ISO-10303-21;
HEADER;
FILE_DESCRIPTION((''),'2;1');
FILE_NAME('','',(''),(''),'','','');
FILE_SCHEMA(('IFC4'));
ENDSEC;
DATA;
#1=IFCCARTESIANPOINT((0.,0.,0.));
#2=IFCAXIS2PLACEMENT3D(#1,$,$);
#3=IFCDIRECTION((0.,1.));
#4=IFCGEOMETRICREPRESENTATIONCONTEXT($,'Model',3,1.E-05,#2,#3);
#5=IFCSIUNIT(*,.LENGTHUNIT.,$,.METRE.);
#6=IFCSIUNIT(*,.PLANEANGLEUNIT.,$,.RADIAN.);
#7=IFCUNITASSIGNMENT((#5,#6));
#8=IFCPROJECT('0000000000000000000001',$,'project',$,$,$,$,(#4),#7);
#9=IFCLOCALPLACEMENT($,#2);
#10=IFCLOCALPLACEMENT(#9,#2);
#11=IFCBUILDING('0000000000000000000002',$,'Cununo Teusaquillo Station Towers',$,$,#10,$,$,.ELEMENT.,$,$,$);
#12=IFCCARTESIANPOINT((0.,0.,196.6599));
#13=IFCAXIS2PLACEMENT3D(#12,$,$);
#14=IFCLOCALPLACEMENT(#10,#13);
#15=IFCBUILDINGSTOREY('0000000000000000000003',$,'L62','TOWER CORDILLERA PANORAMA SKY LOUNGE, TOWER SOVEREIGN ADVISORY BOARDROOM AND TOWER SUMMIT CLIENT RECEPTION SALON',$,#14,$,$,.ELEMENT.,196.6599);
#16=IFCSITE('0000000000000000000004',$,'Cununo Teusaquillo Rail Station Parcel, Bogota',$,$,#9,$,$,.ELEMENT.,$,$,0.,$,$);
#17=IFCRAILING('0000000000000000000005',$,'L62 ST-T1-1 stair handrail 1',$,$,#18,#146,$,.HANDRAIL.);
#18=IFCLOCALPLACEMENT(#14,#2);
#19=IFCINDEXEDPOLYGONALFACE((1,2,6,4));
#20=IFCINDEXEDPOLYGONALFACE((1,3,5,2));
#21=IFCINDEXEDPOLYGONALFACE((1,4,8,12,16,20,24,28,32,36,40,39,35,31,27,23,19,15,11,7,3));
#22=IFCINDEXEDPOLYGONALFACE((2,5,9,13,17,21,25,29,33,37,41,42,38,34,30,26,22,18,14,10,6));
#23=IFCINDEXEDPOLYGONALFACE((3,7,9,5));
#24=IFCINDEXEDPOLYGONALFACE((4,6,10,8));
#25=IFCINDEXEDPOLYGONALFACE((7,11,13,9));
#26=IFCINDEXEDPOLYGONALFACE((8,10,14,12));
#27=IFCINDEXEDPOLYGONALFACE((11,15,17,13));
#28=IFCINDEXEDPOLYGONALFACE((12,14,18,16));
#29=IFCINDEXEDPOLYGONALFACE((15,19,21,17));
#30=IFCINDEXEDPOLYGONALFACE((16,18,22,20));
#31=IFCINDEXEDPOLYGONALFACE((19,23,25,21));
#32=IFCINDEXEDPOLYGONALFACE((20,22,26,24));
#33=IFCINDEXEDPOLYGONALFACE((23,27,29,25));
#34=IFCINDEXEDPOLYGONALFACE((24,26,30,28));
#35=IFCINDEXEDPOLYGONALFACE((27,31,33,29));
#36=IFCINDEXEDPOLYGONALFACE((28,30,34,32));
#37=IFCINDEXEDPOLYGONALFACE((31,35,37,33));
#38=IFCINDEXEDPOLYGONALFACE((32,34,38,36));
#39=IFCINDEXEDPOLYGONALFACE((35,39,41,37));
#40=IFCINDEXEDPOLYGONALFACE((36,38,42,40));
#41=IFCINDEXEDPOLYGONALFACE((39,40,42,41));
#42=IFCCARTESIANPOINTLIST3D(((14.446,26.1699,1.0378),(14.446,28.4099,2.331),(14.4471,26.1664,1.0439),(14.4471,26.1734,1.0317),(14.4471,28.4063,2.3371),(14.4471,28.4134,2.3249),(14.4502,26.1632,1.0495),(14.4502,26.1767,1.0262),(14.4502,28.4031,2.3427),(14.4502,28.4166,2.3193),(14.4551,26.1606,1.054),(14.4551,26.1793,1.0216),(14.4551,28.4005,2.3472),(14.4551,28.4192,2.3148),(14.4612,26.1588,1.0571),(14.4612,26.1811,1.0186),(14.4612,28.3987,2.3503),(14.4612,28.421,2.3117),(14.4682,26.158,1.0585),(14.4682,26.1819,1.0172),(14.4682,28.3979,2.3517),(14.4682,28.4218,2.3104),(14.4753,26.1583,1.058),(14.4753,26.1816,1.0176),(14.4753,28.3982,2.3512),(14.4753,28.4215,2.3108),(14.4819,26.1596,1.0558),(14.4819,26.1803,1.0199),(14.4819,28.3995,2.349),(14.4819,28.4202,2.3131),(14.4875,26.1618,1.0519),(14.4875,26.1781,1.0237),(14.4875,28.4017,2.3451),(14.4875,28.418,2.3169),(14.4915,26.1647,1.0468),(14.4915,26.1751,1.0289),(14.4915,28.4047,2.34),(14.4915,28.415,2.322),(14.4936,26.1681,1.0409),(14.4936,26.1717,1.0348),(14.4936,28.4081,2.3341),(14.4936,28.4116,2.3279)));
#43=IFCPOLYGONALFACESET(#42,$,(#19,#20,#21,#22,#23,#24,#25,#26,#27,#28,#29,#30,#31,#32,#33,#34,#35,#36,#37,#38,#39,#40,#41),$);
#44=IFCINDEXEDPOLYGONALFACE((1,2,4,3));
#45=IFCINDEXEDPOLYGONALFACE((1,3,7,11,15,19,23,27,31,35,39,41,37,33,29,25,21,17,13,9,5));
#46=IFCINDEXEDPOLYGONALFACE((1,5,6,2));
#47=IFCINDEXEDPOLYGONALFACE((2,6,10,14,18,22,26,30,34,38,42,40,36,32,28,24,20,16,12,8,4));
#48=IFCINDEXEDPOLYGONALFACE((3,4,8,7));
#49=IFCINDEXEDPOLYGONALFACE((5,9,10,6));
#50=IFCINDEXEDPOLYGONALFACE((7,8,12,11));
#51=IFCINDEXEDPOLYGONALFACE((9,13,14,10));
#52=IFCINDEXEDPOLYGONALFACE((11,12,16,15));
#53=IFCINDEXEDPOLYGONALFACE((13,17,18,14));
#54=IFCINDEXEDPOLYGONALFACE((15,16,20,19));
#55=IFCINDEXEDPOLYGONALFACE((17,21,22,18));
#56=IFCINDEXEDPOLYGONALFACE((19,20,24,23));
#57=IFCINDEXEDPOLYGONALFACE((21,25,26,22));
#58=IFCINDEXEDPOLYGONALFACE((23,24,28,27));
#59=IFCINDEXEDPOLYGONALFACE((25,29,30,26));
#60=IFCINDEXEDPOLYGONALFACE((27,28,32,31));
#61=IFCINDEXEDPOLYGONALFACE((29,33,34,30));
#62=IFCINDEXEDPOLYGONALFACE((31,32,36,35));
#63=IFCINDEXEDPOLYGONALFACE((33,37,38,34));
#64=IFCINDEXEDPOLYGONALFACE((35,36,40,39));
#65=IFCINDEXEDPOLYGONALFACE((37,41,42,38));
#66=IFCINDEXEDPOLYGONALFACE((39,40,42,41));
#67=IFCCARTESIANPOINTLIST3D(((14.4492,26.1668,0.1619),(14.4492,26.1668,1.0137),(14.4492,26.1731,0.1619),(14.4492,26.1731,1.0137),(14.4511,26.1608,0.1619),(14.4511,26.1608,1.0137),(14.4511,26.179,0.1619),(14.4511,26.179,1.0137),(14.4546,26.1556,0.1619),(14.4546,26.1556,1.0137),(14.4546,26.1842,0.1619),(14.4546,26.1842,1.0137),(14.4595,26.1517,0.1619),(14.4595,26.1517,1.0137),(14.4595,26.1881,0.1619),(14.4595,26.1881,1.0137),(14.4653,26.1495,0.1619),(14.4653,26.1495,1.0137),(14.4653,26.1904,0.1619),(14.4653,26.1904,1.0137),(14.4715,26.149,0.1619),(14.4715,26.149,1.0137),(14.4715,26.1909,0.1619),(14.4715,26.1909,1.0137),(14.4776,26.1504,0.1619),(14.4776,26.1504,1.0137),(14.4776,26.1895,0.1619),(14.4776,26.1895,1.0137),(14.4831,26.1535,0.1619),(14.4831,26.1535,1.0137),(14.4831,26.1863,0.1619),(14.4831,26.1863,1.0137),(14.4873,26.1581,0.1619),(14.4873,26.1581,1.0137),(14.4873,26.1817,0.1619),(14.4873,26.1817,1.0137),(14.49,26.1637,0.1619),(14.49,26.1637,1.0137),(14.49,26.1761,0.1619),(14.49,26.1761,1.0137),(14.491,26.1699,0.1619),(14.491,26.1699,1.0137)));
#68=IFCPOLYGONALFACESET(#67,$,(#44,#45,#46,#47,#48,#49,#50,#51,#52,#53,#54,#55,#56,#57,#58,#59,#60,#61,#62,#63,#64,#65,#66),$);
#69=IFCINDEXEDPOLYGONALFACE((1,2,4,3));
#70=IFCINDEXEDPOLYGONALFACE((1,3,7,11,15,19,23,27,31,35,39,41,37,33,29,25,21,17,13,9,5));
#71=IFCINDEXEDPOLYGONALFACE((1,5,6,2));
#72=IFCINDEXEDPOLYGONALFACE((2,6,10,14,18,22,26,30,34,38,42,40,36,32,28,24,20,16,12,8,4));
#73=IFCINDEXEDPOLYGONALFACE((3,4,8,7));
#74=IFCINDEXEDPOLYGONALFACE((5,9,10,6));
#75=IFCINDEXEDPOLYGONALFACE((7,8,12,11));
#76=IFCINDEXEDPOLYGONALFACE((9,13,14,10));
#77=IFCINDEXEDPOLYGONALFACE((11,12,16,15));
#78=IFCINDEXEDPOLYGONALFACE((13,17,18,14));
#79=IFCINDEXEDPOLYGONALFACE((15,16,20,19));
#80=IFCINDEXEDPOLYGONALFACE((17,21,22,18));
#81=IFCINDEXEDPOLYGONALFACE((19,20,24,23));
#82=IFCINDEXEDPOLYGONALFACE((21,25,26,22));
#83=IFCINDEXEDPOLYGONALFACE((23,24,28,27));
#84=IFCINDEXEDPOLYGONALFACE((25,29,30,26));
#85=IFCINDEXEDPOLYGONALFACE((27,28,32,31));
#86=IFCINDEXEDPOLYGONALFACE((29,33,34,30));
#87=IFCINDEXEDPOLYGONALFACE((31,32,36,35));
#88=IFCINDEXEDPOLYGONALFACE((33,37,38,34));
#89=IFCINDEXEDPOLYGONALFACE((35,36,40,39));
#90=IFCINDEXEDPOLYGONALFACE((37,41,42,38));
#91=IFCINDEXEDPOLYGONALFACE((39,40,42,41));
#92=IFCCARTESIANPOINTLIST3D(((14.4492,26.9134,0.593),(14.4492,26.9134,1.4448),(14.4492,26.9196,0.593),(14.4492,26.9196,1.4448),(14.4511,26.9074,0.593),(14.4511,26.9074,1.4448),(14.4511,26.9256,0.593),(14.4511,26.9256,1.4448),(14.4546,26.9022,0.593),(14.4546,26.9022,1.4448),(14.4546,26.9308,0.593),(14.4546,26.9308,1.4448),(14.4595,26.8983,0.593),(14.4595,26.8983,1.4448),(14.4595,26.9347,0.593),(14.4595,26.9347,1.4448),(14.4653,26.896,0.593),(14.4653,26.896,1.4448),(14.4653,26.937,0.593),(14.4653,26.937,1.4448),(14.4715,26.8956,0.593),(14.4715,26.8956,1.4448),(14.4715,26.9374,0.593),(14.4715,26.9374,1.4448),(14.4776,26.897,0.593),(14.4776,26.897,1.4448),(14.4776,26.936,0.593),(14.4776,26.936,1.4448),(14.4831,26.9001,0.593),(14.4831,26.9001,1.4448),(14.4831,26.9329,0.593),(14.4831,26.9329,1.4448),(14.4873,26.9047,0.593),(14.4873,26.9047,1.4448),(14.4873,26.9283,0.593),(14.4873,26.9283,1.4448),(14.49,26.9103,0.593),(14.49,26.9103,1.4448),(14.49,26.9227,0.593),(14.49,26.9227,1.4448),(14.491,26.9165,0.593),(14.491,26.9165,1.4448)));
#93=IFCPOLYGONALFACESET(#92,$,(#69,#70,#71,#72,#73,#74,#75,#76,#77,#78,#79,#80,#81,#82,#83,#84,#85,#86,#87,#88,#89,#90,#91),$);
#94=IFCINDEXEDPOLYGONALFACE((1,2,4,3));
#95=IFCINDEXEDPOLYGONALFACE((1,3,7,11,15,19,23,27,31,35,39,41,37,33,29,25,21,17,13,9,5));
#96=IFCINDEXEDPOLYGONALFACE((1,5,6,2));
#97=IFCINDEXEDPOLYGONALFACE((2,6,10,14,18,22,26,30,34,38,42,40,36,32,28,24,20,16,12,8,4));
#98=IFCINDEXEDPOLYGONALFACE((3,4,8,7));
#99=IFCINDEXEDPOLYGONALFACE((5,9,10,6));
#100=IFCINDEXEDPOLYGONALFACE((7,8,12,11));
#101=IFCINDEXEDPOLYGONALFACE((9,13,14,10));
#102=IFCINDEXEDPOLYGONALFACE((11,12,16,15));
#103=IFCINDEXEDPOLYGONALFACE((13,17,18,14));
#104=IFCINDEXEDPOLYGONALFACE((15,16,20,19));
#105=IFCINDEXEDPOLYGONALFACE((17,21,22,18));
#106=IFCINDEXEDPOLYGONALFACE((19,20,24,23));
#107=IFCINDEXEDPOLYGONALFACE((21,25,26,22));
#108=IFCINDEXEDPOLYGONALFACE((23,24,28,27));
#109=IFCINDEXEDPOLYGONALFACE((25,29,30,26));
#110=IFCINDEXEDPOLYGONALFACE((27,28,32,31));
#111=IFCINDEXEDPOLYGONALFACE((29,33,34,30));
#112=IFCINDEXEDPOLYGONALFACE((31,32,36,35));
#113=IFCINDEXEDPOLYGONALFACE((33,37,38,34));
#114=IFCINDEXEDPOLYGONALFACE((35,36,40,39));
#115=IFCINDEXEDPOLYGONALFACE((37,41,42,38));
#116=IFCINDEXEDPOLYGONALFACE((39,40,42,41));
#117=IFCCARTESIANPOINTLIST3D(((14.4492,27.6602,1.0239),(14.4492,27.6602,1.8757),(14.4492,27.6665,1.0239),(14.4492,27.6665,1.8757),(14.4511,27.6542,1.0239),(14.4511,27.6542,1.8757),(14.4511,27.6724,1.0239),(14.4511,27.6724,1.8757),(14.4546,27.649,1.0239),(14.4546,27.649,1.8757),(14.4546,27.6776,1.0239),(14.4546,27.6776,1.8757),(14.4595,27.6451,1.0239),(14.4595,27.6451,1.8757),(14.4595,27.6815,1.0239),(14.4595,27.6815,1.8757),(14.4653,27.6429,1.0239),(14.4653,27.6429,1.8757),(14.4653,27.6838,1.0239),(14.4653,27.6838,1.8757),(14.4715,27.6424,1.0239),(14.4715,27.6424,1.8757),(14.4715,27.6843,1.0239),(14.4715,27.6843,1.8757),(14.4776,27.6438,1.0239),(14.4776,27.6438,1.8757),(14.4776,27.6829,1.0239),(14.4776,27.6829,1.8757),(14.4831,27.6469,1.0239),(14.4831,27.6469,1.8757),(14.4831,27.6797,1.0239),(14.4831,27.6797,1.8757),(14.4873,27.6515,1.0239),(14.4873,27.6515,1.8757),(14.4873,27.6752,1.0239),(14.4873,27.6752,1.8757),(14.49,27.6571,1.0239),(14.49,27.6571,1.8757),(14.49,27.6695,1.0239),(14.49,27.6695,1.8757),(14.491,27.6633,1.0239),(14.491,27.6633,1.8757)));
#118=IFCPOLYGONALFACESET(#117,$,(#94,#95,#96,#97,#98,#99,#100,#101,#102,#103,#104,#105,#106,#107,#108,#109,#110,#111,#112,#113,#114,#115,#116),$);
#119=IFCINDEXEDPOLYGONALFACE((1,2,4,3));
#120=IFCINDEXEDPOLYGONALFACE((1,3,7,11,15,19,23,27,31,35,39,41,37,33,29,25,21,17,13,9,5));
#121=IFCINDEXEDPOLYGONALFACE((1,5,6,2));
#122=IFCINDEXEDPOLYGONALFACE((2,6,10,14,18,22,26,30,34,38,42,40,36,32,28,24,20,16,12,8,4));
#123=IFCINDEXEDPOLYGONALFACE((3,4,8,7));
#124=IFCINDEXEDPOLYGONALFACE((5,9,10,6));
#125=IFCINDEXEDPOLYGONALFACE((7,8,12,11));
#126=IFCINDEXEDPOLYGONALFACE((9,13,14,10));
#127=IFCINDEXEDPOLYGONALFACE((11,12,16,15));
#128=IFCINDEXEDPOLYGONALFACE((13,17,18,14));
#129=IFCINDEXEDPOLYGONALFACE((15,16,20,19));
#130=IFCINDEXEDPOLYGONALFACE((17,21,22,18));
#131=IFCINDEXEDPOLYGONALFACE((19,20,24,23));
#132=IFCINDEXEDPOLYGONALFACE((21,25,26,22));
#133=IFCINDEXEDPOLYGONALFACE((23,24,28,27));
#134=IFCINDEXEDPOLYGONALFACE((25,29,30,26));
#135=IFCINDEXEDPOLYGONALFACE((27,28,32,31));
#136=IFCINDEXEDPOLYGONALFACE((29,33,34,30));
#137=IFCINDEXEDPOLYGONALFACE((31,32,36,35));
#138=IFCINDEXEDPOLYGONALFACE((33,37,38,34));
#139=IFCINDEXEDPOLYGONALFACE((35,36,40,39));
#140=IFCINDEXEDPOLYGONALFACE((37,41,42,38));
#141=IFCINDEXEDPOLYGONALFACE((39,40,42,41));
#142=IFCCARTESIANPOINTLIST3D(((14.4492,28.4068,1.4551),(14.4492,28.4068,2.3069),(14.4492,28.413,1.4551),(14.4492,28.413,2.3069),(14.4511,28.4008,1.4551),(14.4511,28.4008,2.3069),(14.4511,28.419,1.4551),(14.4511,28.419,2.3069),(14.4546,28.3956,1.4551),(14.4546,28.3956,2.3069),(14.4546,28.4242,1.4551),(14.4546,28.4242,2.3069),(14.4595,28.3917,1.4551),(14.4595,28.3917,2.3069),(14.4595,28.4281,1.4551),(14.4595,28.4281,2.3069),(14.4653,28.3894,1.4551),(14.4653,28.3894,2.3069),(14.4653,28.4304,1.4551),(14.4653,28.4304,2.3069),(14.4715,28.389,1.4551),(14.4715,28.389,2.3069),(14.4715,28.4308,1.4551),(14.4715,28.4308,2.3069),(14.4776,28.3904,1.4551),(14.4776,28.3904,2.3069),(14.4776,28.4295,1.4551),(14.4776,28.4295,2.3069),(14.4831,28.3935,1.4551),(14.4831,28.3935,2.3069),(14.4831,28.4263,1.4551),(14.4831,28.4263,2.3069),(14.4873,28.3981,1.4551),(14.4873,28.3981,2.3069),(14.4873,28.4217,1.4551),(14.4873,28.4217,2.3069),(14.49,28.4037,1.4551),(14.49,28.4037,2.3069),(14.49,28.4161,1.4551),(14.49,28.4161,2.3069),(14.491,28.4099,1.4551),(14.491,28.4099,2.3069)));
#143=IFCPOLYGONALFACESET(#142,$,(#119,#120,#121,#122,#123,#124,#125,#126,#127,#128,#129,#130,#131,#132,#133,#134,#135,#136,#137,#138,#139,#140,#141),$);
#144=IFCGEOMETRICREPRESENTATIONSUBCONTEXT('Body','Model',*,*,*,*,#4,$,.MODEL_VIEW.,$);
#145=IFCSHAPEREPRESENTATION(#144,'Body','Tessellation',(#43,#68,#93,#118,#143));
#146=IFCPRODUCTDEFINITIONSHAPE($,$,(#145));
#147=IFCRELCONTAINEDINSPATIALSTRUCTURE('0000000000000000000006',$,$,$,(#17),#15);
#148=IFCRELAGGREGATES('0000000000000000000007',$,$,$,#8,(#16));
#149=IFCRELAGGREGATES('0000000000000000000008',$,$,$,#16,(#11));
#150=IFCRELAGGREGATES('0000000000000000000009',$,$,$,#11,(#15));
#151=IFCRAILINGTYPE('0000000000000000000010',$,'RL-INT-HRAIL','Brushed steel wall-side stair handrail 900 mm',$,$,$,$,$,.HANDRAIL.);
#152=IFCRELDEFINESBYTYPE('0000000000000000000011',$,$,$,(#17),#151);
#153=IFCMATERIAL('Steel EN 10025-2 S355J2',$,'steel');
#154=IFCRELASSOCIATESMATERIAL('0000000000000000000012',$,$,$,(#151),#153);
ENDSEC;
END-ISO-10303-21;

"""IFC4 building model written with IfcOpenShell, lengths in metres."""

from ifc_helpers import new_model, si_unit, direction, frame, origin, origin_2d, place, context, subcontext, project, spatial, circle, extrude, material, type_object, element, save


model = new_model("IFC4")

# Units and contexts
model_context = context("Model", 3, precision=1e-05, world=origin(), true_north=direction((0.0, 1.0)))
body_context = subcontext(model_context, "Body", "Model", "MODEL_VIEW")
ifc_project = project(units=[si_unit("LENGTHUNIT", "METRE"), si_unit("PLANEANGLEUNIT", "RADIAN")], contexts=[model_context])

# Site, building, storey
site_placement = place(None, origin())
site = spatial("IfcSite", under=ifc_project, at=site_placement, Name="Cununo Teusaquillo Rail Station Parcel, Bogota", CompositionType="ELEMENT", RefElevation=0.0)
building_placement = place(site_placement, origin())
building = spatial("IfcBuilding", under=site, at=building_placement, Name="Cununo Teusaquillo Station Towers", CompositionType="ELEMENT")
storey_placement = place(building_placement, frame((0.0, 0.0, 196.6599)))
storey = spatial("IfcBuildingStorey", under=building, at=storey_placement, Name="L62", Description="TOWER CORDILLERA PANORAMA SKY LOUNGE, TOWER SOVEREIGN ADVISORY BOARDROOM AND TOWER SUMMIT CLIENT RECEPTION SALON", CompositionType="ELEMENT", Elevation=196.6599)

# Railing
ifc_material_1 = material(Name="Steel EN 10025-2 S355J2", Category="steel")
railing_type_1 = type_object("IfcRailingType", Name="RL-INT-HRAIL", Description="Brushed steel wall-side stair handrail 900 mm", PredefinedType="HANDRAIL", material=ifc_material_1)
railing_1_placement = place(storey_placement, frame((14.47, 26.1699, 0.1619)))
element("IfcRailing", 1, at=railing_1_placement, inside=storey, type_object=railing_type_1, Name="L62 ST-T1-1 stair handrail 1", PredefinedType="HANDRAIL", context=body_context, shape_type="SweptSolid", body=[
    extrude(circle(Radius=0.0239, at=origin_2d()), frame((0.0, 0.0, 0.876), z_axis=(0.0, 0.866033, 0.499987), x_axis=(-1.0, 0.0, 0.0)), (0.0, 0.0, 1.0), 2.5864),
    extrude(circle(Radius=0.021, at=origin_2d()), origin(), (0.0, 0.0, 1.0), 0.8518),
    extrude(circle(Radius=0.021, at=origin_2d()), frame((0.0, 0.7466, 0.4312)), (0.0, 0.0, 1.0), 0.8518),
    extrude(circle(Radius=0.021, at=origin_2d()), frame((0.0, 1.4934, 0.8621)), (0.0, 0.0, 1.0), 0.8518),
    extrude(circle(Radius=0.021, at=origin_2d()), frame((0.0, 2.24, 1.2932)), (0.0, 0.0, 1.0), 0.8518),
])

save(model, "model.ifc")
